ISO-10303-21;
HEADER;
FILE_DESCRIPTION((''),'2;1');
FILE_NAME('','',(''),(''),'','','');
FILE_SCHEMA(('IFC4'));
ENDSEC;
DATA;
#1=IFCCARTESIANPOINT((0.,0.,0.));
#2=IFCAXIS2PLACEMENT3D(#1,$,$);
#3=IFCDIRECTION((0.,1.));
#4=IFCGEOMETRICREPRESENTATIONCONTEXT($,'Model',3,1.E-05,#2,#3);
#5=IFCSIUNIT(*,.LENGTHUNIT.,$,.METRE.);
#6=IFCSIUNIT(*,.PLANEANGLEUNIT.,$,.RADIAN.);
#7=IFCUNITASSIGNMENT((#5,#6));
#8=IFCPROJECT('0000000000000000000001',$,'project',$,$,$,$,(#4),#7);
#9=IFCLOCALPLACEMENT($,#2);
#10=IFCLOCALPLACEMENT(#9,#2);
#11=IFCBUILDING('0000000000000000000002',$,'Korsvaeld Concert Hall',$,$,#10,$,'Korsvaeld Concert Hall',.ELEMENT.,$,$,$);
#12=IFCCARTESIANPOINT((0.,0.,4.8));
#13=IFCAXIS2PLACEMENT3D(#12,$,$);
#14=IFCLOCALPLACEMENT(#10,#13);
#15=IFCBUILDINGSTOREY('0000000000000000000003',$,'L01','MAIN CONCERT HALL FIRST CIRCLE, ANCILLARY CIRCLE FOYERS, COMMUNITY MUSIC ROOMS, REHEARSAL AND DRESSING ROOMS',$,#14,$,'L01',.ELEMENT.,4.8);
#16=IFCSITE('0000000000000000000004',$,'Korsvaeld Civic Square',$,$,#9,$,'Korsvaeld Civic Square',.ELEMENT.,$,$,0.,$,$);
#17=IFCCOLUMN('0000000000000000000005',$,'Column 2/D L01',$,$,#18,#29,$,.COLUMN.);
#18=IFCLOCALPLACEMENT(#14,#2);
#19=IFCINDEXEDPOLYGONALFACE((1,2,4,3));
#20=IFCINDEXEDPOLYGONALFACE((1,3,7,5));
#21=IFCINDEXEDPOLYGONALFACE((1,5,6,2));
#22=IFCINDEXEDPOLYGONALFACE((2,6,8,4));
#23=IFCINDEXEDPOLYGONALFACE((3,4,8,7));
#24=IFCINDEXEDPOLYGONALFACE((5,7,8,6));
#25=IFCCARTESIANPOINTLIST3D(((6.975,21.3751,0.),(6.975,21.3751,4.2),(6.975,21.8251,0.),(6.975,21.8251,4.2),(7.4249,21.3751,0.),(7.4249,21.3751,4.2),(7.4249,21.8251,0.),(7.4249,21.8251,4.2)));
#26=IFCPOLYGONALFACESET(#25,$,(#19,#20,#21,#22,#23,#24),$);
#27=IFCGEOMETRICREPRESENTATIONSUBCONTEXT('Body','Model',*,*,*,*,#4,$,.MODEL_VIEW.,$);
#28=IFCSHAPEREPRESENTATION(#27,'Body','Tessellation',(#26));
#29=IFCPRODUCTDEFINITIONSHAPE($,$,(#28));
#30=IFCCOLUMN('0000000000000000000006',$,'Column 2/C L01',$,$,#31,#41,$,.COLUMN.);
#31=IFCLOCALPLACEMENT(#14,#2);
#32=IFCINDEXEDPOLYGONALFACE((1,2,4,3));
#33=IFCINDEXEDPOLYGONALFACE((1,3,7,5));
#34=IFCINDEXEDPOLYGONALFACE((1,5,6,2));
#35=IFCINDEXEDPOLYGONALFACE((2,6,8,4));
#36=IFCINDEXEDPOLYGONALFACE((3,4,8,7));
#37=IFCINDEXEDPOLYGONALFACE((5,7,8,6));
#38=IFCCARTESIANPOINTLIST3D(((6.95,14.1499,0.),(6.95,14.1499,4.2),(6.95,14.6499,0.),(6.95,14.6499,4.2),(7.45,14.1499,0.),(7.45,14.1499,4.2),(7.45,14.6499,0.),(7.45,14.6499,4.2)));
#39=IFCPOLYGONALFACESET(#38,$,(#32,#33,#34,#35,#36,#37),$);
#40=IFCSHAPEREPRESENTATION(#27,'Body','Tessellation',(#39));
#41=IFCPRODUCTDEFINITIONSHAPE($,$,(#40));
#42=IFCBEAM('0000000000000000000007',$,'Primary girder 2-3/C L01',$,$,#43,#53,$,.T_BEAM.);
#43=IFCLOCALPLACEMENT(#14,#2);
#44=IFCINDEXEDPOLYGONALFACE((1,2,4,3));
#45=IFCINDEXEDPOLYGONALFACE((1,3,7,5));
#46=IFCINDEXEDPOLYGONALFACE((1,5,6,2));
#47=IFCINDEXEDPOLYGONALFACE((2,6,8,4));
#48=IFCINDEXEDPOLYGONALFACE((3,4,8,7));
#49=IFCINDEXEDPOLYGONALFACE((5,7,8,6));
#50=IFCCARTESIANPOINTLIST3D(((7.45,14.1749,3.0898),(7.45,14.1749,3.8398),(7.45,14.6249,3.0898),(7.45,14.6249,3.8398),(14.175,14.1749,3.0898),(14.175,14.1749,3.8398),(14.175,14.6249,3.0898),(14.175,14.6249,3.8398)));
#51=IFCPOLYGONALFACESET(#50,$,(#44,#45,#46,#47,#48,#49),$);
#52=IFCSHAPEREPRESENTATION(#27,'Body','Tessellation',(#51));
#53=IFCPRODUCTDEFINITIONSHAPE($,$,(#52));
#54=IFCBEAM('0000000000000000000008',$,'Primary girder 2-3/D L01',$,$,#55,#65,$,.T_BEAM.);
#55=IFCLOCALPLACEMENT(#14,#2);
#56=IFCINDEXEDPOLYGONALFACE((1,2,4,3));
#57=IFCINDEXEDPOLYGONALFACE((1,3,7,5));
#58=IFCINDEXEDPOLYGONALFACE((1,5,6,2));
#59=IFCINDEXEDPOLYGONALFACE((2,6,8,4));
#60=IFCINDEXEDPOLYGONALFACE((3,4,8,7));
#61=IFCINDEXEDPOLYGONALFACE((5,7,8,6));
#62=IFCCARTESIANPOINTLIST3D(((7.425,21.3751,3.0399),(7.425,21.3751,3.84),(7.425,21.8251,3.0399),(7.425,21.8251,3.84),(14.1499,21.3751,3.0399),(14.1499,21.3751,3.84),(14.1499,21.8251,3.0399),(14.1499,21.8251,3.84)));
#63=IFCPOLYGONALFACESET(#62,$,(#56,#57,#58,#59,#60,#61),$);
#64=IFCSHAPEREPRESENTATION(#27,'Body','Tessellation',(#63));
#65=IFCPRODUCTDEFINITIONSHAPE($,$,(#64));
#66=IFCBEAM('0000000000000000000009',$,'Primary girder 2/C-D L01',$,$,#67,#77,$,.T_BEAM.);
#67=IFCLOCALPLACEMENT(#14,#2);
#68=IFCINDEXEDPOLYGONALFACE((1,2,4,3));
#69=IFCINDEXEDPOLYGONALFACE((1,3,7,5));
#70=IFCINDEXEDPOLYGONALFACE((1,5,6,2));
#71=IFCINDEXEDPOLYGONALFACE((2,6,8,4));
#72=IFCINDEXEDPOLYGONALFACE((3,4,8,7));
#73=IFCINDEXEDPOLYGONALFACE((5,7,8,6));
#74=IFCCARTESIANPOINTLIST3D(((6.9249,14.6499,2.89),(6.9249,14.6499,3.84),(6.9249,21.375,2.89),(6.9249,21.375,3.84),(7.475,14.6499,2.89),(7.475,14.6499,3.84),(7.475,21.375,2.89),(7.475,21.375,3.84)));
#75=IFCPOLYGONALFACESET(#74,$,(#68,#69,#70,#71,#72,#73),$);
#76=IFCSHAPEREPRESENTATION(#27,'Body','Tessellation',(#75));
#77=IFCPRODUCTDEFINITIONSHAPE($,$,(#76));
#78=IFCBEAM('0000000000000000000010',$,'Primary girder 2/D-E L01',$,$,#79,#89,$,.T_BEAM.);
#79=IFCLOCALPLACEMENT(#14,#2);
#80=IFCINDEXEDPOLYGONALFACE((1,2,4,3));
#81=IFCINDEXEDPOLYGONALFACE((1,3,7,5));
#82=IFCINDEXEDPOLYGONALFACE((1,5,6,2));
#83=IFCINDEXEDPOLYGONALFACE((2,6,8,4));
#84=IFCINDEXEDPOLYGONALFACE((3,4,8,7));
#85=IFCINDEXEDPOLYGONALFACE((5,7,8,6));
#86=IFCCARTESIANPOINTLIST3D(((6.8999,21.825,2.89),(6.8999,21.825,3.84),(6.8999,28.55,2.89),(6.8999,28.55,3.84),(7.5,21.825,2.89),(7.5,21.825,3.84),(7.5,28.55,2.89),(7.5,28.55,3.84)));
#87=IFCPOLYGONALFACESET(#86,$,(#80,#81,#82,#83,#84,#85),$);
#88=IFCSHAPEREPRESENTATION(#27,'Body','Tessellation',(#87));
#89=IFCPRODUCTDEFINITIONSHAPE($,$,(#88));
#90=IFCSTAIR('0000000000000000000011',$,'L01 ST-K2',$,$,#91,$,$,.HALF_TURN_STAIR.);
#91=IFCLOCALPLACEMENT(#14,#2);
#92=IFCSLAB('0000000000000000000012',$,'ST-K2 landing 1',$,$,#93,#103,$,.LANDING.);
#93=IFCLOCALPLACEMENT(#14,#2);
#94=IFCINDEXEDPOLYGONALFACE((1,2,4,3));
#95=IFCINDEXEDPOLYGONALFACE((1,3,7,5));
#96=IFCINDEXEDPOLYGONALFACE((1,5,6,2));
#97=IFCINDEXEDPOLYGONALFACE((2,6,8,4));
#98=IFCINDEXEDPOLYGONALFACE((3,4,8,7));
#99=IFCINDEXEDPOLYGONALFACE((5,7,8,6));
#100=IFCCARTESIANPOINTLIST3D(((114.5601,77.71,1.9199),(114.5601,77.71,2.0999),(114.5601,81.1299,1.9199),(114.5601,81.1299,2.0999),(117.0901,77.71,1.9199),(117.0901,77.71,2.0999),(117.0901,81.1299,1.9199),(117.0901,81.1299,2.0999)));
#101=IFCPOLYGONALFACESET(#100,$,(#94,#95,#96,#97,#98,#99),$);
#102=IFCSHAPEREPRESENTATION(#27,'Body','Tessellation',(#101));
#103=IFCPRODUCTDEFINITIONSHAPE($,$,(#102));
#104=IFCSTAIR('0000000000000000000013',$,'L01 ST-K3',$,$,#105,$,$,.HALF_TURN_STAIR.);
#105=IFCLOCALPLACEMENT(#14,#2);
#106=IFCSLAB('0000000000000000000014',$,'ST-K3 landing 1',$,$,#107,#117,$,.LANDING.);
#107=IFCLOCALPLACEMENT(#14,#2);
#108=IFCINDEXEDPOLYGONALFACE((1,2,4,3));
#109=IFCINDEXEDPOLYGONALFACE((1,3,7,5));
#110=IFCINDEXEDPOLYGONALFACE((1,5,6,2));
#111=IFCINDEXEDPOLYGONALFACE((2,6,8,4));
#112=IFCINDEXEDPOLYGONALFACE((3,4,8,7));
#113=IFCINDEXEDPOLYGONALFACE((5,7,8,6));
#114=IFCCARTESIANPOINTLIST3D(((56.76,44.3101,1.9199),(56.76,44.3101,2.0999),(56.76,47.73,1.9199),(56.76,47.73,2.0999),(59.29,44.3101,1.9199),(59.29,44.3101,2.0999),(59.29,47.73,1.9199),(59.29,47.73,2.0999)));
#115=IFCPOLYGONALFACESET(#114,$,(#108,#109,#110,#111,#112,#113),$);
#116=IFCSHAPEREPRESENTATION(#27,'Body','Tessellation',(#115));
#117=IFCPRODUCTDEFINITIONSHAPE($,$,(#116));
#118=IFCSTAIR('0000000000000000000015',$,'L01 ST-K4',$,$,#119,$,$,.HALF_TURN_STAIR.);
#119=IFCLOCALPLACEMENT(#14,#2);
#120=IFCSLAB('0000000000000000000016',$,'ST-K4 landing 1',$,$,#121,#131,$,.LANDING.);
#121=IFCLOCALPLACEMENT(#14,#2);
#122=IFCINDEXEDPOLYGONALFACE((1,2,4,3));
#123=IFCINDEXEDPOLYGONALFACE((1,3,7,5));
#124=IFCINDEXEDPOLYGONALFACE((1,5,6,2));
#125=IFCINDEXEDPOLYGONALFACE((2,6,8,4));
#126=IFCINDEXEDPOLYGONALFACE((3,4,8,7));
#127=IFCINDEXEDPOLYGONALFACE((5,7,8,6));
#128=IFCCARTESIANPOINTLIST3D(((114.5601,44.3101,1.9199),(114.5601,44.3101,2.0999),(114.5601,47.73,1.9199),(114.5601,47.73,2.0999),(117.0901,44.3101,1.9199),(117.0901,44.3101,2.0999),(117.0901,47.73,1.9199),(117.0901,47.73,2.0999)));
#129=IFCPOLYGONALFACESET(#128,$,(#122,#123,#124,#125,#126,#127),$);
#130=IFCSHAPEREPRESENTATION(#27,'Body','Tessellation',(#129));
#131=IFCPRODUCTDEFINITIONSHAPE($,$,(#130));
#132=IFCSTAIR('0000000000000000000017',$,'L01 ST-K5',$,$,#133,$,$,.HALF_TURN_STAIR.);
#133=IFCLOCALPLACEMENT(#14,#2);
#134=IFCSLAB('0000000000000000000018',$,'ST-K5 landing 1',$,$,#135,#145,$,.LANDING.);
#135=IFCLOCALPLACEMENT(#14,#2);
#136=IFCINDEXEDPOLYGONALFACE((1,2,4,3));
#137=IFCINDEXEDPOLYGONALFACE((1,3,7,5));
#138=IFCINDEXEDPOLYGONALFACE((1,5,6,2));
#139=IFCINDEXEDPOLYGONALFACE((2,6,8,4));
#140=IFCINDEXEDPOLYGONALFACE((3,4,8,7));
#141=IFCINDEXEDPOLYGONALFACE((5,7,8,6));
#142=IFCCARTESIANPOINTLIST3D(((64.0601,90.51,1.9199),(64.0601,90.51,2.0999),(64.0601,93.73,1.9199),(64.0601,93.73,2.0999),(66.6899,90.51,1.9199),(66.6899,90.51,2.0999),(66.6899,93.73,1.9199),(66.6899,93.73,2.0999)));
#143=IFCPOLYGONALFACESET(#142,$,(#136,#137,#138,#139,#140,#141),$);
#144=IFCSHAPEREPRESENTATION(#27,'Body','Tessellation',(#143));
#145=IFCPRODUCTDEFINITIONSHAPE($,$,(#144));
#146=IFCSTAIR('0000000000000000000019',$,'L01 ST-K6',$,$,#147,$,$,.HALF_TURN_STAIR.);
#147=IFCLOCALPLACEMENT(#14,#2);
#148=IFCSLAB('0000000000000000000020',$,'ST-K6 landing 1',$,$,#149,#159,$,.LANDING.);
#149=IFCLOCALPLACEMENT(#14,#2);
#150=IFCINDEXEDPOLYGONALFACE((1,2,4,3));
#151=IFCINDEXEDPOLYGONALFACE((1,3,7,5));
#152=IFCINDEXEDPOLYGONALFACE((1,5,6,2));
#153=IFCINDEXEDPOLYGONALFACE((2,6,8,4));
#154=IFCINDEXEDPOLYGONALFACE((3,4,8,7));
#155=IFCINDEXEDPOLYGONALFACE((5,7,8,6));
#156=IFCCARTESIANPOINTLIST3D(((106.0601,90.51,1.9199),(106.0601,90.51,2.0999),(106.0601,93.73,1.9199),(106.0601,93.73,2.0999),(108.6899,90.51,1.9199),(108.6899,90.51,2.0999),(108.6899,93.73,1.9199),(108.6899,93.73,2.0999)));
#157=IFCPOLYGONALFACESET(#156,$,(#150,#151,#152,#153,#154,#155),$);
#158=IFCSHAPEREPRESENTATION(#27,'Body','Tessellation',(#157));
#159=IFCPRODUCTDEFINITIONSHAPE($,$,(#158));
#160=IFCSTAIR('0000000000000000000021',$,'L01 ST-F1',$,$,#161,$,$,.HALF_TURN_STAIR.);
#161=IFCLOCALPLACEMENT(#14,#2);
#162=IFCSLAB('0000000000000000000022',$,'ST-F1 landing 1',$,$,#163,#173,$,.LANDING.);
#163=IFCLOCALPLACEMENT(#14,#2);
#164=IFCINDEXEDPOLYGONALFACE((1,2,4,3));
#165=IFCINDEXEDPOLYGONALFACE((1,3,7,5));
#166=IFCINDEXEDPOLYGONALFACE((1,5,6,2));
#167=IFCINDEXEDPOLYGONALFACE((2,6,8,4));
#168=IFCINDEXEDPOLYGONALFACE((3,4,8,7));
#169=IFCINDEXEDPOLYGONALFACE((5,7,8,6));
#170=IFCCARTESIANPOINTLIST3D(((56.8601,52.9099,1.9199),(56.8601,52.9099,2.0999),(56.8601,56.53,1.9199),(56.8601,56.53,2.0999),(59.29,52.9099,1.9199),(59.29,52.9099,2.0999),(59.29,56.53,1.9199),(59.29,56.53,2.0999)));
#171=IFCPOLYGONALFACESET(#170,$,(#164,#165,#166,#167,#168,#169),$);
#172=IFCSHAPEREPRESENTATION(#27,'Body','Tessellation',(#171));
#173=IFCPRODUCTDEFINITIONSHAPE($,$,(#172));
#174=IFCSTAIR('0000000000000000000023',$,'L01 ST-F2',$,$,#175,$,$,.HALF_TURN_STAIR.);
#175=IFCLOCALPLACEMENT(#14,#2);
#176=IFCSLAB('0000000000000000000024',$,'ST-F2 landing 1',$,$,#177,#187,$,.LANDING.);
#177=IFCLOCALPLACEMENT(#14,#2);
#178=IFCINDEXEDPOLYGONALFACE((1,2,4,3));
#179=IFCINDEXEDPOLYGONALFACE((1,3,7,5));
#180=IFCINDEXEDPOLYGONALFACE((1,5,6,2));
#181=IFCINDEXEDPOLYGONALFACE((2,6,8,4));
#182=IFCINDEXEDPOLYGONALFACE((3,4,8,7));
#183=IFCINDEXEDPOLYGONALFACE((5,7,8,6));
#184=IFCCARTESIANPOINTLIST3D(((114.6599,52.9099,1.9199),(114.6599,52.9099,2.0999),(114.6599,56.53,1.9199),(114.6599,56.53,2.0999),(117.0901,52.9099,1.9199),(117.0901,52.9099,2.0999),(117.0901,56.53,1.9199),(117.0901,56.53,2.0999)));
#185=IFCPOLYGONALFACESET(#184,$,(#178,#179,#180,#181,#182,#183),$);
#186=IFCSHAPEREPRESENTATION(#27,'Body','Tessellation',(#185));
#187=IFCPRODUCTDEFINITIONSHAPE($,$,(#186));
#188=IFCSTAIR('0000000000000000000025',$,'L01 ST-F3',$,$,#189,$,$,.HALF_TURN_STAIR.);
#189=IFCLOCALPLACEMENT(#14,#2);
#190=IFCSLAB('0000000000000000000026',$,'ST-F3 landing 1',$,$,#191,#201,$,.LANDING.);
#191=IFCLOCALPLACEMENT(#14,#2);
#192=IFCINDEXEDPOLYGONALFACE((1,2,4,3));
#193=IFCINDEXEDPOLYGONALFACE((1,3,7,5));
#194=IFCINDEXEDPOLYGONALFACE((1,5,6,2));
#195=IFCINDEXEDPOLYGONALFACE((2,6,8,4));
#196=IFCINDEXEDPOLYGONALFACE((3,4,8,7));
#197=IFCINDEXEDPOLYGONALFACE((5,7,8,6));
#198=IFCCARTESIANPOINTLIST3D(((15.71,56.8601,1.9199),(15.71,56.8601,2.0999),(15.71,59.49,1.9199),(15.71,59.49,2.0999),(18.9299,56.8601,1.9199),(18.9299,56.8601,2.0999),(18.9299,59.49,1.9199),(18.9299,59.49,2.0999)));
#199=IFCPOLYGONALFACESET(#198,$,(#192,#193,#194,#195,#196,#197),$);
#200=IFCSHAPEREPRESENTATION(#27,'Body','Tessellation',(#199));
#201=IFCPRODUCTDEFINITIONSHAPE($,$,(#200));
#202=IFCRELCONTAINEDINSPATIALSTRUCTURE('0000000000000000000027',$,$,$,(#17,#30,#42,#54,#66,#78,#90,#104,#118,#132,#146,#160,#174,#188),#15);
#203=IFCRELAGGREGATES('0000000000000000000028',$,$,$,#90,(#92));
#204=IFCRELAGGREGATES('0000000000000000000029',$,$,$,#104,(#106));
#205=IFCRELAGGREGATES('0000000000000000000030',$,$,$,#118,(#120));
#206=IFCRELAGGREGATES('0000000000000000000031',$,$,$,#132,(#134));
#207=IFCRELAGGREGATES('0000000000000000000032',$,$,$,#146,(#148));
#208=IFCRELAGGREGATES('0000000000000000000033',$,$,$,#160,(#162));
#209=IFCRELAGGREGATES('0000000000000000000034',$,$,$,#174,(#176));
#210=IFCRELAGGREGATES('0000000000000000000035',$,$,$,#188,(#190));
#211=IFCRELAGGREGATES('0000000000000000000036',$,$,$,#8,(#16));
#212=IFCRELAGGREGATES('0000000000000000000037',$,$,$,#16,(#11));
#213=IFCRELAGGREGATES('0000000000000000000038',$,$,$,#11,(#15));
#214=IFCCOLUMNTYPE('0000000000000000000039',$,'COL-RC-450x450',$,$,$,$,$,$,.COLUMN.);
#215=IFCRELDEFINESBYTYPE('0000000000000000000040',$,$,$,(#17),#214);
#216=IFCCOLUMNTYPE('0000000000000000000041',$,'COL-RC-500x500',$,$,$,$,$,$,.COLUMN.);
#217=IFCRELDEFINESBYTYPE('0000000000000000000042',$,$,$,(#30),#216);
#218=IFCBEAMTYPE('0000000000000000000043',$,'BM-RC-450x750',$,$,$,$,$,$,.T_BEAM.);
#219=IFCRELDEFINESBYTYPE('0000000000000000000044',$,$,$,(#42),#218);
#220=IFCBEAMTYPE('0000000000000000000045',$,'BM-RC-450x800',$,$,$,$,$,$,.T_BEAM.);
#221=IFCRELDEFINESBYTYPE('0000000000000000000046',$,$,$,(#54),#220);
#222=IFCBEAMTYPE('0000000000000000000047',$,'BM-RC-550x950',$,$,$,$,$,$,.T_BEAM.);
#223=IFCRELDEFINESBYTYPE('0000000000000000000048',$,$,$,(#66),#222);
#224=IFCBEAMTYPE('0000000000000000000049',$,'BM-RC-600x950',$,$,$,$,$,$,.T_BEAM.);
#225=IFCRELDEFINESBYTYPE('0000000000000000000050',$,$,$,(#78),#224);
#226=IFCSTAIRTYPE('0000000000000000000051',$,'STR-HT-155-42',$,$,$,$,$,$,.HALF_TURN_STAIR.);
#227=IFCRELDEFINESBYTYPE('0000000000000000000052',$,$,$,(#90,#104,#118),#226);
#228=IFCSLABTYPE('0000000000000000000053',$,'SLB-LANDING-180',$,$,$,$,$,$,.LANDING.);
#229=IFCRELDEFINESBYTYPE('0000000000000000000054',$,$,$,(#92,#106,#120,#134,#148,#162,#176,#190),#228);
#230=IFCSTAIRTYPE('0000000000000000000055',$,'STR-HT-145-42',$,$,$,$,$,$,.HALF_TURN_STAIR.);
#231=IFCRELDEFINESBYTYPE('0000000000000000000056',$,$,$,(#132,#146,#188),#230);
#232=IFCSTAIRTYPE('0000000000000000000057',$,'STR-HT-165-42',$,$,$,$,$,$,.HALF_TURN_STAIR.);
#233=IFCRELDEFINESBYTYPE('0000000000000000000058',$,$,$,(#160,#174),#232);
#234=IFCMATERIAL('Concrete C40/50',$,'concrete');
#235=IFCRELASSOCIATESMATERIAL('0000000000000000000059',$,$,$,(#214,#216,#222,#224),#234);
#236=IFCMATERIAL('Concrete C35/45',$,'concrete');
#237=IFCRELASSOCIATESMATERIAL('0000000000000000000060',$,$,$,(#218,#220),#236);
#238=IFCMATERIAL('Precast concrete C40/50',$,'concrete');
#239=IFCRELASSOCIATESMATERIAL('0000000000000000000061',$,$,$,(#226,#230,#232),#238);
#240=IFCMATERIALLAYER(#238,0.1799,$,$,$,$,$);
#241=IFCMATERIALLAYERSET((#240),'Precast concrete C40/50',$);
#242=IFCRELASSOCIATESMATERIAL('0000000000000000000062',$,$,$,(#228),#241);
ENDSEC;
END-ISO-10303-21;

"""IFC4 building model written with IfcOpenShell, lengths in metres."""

from ifc_helpers import new_model, si_unit, direction, frame, origin, origin_2d, place, context, subcontext, project, spatial, polyline, rectangle, outline, extrude, material, layer, layer_set, material_profile, profile_set, type_object, element, aggregate, save


model = new_model("IFC4")

# Units and contexts
model_context = context("Model", 3, precision=1e-05, world=origin(), true_north=direction((0.0, 1.0)))
body_context = subcontext(model_context, "Body", "Model", "MODEL_VIEW")
ifc_project = project(units=[si_unit("LENGTHUNIT", "METRE"), si_unit("PLANEANGLEUNIT", "RADIAN")], contexts=[model_context])

# Site, building, storey
site_placement = place(None, origin())
site = spatial("IfcSite", under=ifc_project, at=site_placement, Name="Korsvaeld Civic Square", LongName="Korsvaeld Civic Square", CompositionType="ELEMENT", RefElevation=0.0)
building_placement = place(site_placement, origin())
building = spatial("IfcBuilding", under=site, at=building_placement, Name="Korsvaeld Concert Hall", LongName="Korsvaeld Concert Hall", CompositionType="ELEMENT")
storey_placement = place(building_placement, frame((0.0, 0.0, 4.8)))
storey = spatial("IfcBuildingStorey", under=building, at=storey_placement, Name="L01", Description="MAIN CONCERT HALL FIRST CIRCLE, ANCILLARY CIRCLE FOYERS, COMMUNITY MUSIC ROOMS, REHEARSAL AND DRESSING ROOMS", LongName="L01", CompositionType="ELEMENT", Elevation=4.8)

# Columns
ifc_material_1 = material(Name="Concrete C40/50", Category="concrete")
ifc_material_profile_1 = material_profile(ifc_material_1, rectangle(XDim=0.45, YDim=0.45, at=origin_2d()), Name="RC 450x450")
ifc_profile_set_1 = profile_set([ifc_material_profile_1], Name="Concrete C40/50")
column_type_1 = type_object("IfcColumnType", Name="COL-RC-450x450", PredefinedType="COLUMN", material=ifc_profile_set_1)
column_1_placement = place(storey_placement, frame((7.2, 21.6001, 0.0), z_axis=(0.0, 0.0, 1.0), x_axis=(1.0, 0.0, 0.0)))
element("IfcColumn", 1, at=column_1_placement, inside=storey, type_object=column_type_1, Name="Column 2/D L01", PredefinedType="COLUMN", context=body_context, shape_type="SweptSolid", body=[
    extrude(rectangle(XDim=0.45, YDim=0.45, at=origin_2d()), origin(), (0.0, 0.0, 1.0), 4.2),
])
ifc_material_profile_2 = material_profile(ifc_material_1, rectangle(XDim=0.5, YDim=0.5, at=origin_2d()), Name="RC 500x500")
ifc_profile_set_2 = profile_set([ifc_material_profile_2], Name="Concrete C40/50")
column_type_2 = type_object("IfcColumnType", Name="COL-RC-500x500", PredefinedType="COLUMN", material=ifc_profile_set_2)
column_2_placement = place(storey_placement, frame((7.2, 14.3999, 0.0), z_axis=(0.0, 0.0, 1.0), x_axis=(1.0, 0.0, 0.0)))
element("IfcColumn", 2, at=column_2_placement, inside=storey, type_object=column_type_2, Name="Column 2/C L01", PredefinedType="COLUMN", context=body_context, shape_type="SweptSolid", body=[
    extrude(rectangle(XDim=0.5, YDim=0.5, at=origin_2d()), origin(), (0.0, 0.0, 1.0), 4.2),
])

# Beams
ifc_material_2 = material(Name="Concrete C35/45", Category="concrete")
ifc_material_profile_3 = material_profile(ifc_material_2, rectangle(XDim=0.45, YDim=0.75, at=origin_2d()), Name="RC 450x750")
ifc_profile_set_3 = profile_set([ifc_material_profile_3], Name="Concrete C35/45")
beam_type_1 = type_object("IfcBeamType", Name="BM-RC-450x750", PredefinedType="T_BEAM", material=ifc_profile_set_3)
beam_1_placement = place(storey_placement, frame((7.45, 14.3999, 3.4648), z_axis=(1.0, 0.0, 0.0), x_axis=(0.0, 1.0, 0.0)))
element("IfcBeam", 3, at=beam_1_placement, inside=storey, type_object=beam_type_1, Name="Primary girder 2-3/C L01", PredefinedType="T_BEAM", context=body_context, shape_type="SweptSolid", body=[
    extrude(rectangle(XDim=0.45, YDim=0.75, at=origin_2d()), origin(), (0.0, 0.0, 1.0), 6.7251),
])
ifc_material_profile_4 = material_profile(ifc_material_2, rectangle(XDim=0.45, YDim=0.8, at=origin_2d()), Name="RC 450x800")
ifc_profile_set_4 = profile_set([ifc_material_profile_4], Name="Concrete C35/45")
beam_type_2 = type_object("IfcBeamType", Name="BM-RC-450x800", PredefinedType="T_BEAM", material=ifc_profile_set_4)
beam_2_placement = place(storey_placement, frame((7.425, 21.6001, 3.4399), z_axis=(1.0, 0.0, 0.0), x_axis=(0.0, 1.0, 0.0)))
element("IfcBeam", 4, at=beam_2_placement, inside=storey, type_object=beam_type_2, Name="Primary girder 2-3/D L01", PredefinedType="T_BEAM", context=body_context, shape_type="SweptSolid", body=[
    extrude(rectangle(XDim=0.45, YDim=0.8, at=origin_2d()), origin(), (0.0, 0.0, 1.0), 6.7249),
])
ifc_material_profile_5 = material_profile(ifc_material_1, rectangle(XDim=0.55, YDim=0.95, at=origin_2d()), Name="RC 550x950")
ifc_profile_set_5 = profile_set([ifc_material_profile_5], Name="Concrete C40/50")
beam_type_3 = type_object("IfcBeamType", Name="BM-RC-550x950", PredefinedType="T_BEAM", material=ifc_profile_set_5)
beam_3_placement = place(storey_placement, frame((7.2, 14.6499, 3.365), z_axis=(0.0, 1.0, 0.0), x_axis=(-1.0, 0.0, 0.0)))
element("IfcBeam", 5, at=beam_3_placement, inside=storey, type_object=beam_type_3, Name="Primary girder 2/C-D L01", PredefinedType="T_BEAM", context=body_context, shape_type="SweptSolid", body=[
    extrude(rectangle(XDim=0.55, YDim=0.95, at=origin_2d()), origin(), (0.0, 0.0, 1.0), 6.7251),
])
ifc_material_profile_6 = material_profile(ifc_material_1, rectangle(XDim=0.6001, YDim=0.95, at=origin_2d()), Name="RC 600x950")
ifc_profile_set_6 = profile_set([ifc_material_profile_6], Name="Concrete C40/50")
beam_type_4 = type_object("IfcBeamType", Name="BM-RC-600x950", PredefinedType="T_BEAM", material=ifc_profile_set_6)
beam_4_placement = place(storey_placement, frame((7.2, 21.825, 3.365), z_axis=(0.0, 1.0, 0.0), x_axis=(-1.0, 0.0, 0.0)))
element("IfcBeam", 6, at=beam_4_placement, inside=storey, type_object=beam_type_4, Name="Primary girder 2/D-E L01", PredefinedType="T_BEAM", context=body_context, shape_type="SweptSolid", body=[
    extrude(rectangle(XDim=0.6001, YDim=0.95, at=origin_2d()), origin(), (0.0, 0.0, 1.0), 6.7251),
])

# Stairs, slabs
ifc_material_3 = material(Name="Precast concrete C40/50", Category="concrete")
stair_type_1 = type_object("IfcStairType", Name="STR-HT-155-42", PredefinedType="HALF_TURN_STAIR", material=ifc_material_3)
stair_1_placement = place(storey_placement, origin())
stair_1 = element("IfcStair", 7, at=stair_1_placement, inside=storey, type_object=stair_type_1, Name="L01 ST-K2", PredefinedType="HALF_TURN_STAIR")
ifc_layer_1 = layer(ifc_material_3, 0.1799)
ifc_layer_set_1 = layer_set([ifc_layer_1], Name="Precast concrete C40/50")
slab_type = type_object("IfcSlabType", Name="SLB-LANDING-180", PredefinedType="LANDING", material=ifc_layer_set_1)
slab_1_placement = place(storey_placement, frame((0.0, 0.0, 1.9199)))
slab_1 = element("IfcSlab", 8, at=slab_1_placement, type_object=slab_type, Name="ST-K2 landing 1", PredefinedType="LANDING", context=body_context, shape_type="SweptSolid", body=[
    extrude(outline(polyline([(114.5601, 77.71), (114.5601, 81.1299), (117.0901, 81.1299), (117.0901, 77.71), (114.5601, 77.71)])), origin(), (0.0, 0.0, 1.0), 0.1799),
])
aggregate(stair_1, [slab_1])
stair_2_placement = place(storey_placement, origin())
stair_2 = element("IfcStair", 9, at=stair_2_placement, inside=storey, type_object=stair_type_1, Name="L01 ST-K3", PredefinedType="HALF_TURN_STAIR")
slab_2_placement = place(storey_placement, frame((0.0, 0.0, 1.9199)))
slab_2 = element("IfcSlab", 10, at=slab_2_placement, type_object=slab_type, Name="ST-K3 landing 1", PredefinedType="LANDING", context=body_context, shape_type="SweptSolid", body=[
    extrude(outline(polyline([(56.76, 44.3101), (56.76, 47.73), (59.29, 47.73), (59.29, 44.3101), (56.76, 44.3101)])), origin(), (0.0, 0.0, 1.0), 0.1799),
])
aggregate(stair_2, [slab_2])
stair_3_placement = place(storey_placement, origin())
stair_3 = element("IfcStair", 11, at=stair_3_placement, inside=storey, type_object=stair_type_1, Name="L01 ST-K4", PredefinedType="HALF_TURN_STAIR")
slab_3_placement = place(storey_placement, frame((0.0, 0.0, 1.9199)))
slab_3 = element("IfcSlab", 12, at=slab_3_placement, type_object=slab_type, Name="ST-K4 landing 1", PredefinedType="LANDING", context=body_context, shape_type="SweptSolid", body=[
    extrude(outline(polyline([(114.5601, 44.3101), (114.5601, 47.73), (117.0901, 47.73), (117.0901, 44.3101), (114.5601, 44.3101)])), origin(), (0.0, 0.0, 1.0), 0.1799),
])
aggregate(stair_3, [slab_3])
stair_type_2 = type_object("IfcStairType", Name="STR-HT-145-42", PredefinedType="HALF_TURN_STAIR", material=ifc_material_3)
stair_4_placement = place(storey_placement, origin())
stair_4 = element("IfcStair", 13, at=stair_4_placement, inside=storey, type_object=stair_type_2, Name="L01 ST-K5", PredefinedType="HALF_TURN_STAIR")
slab_4_placement = place(storey_placement, frame((0.0, 0.0, 1.9199)))
slab_4 = element("IfcSlab", 14, at=slab_4_placement, type_object=slab_type, Name="ST-K5 landing 1", PredefinedType="LANDING", context=body_context, shape_type="SweptSolid", body=[
    extrude(outline(polyline([(64.0601, 90.51), (64.0601, 93.73), (66.6899, 93.73), (66.6899, 90.51), (64.0601, 90.51)])), origin(), (0.0, 0.0, 1.0), 0.1799),
])
aggregate(stair_4, [slab_4])
stair_5_placement = place(storey_placement, origin())
stair_5 = element("IfcStair", 15, at=stair_5_placement, inside=storey, type_object=stair_type_2, Name="L01 ST-K6", PredefinedType="HALF_TURN_STAIR")
slab_5_placement = place(storey_placement, frame((0.0, 0.0, 1.9199)))
slab_5 = element("IfcSlab", 16, at=slab_5_placement, type_object=slab_type, Name="ST-K6 landing 1", PredefinedType="LANDING", context=body_context, shape_type="SweptSolid", body=[
    extrude(outline(polyline([(106.0601, 90.51), (106.0601, 93.73), (108.6899, 93.73), (108.6899, 90.51), (106.0601, 90.51)])), origin(), (0.0, 0.0, 1.0), 0.1799),
])
aggregate(stair_5, [slab_5])
stair_type_3 = type_object("IfcStairType", Name="STR-HT-165-42", PredefinedType="HALF_TURN_STAIR", material=ifc_material_3)
stair_6_placement = place(storey_placement, origin())
stair_6 = element("IfcStair", 17, at=stair_6_placement, inside=storey, type_object=stair_type_3, Name="L01 ST-F1", PredefinedType="HALF_TURN_STAIR")
slab_6_placement = place(storey_placement, frame((0.0, 0.0, 1.9199)))
slab_6 = element("IfcSlab", 18, at=slab_6_placement, type_object=slab_type, Name="ST-F1 landing 1", PredefinedType="LANDING", context=body_context, shape_type="SweptSolid", body=[
    extrude(outline(polyline([(56.8601, 52.9099), (56.8601, 56.53), (59.29, 56.53), (59.29, 52.9099), (56.8601, 52.9099)])), origin(), (0.0, 0.0, 1.0), 0.1799),
])
aggregate(stair_6, [slab_6])
stair_7_placement = place(storey_placement, origin())
stair_7 = element("IfcStair", 19, at=stair_7_placement, inside=storey, type_object=stair_type_3, Name="L01 ST-F2", PredefinedType="HALF_TURN_STAIR")
slab_7_placement = place(storey_placement, frame((0.0, 0.0, 1.9199)))
slab_7 = element("IfcSlab", 20, at=slab_7_placement, type_object=slab_type, Name="ST-F2 landing 1", PredefinedType="LANDING", context=body_context, shape_type="SweptSolid", body=[
    extrude(outline(polyline([(114.6599, 52.9099), (114.6599, 56.53), (117.0901, 56.53), (117.0901, 52.9099), (114.6599, 52.9099)])), origin(), (0.0, 0.0, 1.0), 0.1799),
])
aggregate(stair_7, [slab_7])
stair_8_placement = place(storey_placement, origin())
stair_8 = element("IfcStair", 21, at=stair_8_placement, inside=storey, type_object=stair_type_2, Name="L01 ST-F3", PredefinedType="HALF_TURN_STAIR")
slab_8_placement = place(storey_placement, frame((0.0, 0.0, 1.9199)))
slab_8 = element("IfcSlab", 22, at=slab_8_placement, type_object=slab_type, Name="ST-F3 landing 1", PredefinedType="LANDING", context=body_context, shape_type="SweptSolid", body=[
    extrude(outline(polyline([(18.9299, 56.8601), (15.71, 56.8601), (15.71, 59.49), (18.9299, 59.49), (18.9299, 56.8601)])), origin(), (0.0, 0.0, 1.0), 0.1799),
])
aggregate(stair_8, [slab_8])

save(model, "model.ifc")
